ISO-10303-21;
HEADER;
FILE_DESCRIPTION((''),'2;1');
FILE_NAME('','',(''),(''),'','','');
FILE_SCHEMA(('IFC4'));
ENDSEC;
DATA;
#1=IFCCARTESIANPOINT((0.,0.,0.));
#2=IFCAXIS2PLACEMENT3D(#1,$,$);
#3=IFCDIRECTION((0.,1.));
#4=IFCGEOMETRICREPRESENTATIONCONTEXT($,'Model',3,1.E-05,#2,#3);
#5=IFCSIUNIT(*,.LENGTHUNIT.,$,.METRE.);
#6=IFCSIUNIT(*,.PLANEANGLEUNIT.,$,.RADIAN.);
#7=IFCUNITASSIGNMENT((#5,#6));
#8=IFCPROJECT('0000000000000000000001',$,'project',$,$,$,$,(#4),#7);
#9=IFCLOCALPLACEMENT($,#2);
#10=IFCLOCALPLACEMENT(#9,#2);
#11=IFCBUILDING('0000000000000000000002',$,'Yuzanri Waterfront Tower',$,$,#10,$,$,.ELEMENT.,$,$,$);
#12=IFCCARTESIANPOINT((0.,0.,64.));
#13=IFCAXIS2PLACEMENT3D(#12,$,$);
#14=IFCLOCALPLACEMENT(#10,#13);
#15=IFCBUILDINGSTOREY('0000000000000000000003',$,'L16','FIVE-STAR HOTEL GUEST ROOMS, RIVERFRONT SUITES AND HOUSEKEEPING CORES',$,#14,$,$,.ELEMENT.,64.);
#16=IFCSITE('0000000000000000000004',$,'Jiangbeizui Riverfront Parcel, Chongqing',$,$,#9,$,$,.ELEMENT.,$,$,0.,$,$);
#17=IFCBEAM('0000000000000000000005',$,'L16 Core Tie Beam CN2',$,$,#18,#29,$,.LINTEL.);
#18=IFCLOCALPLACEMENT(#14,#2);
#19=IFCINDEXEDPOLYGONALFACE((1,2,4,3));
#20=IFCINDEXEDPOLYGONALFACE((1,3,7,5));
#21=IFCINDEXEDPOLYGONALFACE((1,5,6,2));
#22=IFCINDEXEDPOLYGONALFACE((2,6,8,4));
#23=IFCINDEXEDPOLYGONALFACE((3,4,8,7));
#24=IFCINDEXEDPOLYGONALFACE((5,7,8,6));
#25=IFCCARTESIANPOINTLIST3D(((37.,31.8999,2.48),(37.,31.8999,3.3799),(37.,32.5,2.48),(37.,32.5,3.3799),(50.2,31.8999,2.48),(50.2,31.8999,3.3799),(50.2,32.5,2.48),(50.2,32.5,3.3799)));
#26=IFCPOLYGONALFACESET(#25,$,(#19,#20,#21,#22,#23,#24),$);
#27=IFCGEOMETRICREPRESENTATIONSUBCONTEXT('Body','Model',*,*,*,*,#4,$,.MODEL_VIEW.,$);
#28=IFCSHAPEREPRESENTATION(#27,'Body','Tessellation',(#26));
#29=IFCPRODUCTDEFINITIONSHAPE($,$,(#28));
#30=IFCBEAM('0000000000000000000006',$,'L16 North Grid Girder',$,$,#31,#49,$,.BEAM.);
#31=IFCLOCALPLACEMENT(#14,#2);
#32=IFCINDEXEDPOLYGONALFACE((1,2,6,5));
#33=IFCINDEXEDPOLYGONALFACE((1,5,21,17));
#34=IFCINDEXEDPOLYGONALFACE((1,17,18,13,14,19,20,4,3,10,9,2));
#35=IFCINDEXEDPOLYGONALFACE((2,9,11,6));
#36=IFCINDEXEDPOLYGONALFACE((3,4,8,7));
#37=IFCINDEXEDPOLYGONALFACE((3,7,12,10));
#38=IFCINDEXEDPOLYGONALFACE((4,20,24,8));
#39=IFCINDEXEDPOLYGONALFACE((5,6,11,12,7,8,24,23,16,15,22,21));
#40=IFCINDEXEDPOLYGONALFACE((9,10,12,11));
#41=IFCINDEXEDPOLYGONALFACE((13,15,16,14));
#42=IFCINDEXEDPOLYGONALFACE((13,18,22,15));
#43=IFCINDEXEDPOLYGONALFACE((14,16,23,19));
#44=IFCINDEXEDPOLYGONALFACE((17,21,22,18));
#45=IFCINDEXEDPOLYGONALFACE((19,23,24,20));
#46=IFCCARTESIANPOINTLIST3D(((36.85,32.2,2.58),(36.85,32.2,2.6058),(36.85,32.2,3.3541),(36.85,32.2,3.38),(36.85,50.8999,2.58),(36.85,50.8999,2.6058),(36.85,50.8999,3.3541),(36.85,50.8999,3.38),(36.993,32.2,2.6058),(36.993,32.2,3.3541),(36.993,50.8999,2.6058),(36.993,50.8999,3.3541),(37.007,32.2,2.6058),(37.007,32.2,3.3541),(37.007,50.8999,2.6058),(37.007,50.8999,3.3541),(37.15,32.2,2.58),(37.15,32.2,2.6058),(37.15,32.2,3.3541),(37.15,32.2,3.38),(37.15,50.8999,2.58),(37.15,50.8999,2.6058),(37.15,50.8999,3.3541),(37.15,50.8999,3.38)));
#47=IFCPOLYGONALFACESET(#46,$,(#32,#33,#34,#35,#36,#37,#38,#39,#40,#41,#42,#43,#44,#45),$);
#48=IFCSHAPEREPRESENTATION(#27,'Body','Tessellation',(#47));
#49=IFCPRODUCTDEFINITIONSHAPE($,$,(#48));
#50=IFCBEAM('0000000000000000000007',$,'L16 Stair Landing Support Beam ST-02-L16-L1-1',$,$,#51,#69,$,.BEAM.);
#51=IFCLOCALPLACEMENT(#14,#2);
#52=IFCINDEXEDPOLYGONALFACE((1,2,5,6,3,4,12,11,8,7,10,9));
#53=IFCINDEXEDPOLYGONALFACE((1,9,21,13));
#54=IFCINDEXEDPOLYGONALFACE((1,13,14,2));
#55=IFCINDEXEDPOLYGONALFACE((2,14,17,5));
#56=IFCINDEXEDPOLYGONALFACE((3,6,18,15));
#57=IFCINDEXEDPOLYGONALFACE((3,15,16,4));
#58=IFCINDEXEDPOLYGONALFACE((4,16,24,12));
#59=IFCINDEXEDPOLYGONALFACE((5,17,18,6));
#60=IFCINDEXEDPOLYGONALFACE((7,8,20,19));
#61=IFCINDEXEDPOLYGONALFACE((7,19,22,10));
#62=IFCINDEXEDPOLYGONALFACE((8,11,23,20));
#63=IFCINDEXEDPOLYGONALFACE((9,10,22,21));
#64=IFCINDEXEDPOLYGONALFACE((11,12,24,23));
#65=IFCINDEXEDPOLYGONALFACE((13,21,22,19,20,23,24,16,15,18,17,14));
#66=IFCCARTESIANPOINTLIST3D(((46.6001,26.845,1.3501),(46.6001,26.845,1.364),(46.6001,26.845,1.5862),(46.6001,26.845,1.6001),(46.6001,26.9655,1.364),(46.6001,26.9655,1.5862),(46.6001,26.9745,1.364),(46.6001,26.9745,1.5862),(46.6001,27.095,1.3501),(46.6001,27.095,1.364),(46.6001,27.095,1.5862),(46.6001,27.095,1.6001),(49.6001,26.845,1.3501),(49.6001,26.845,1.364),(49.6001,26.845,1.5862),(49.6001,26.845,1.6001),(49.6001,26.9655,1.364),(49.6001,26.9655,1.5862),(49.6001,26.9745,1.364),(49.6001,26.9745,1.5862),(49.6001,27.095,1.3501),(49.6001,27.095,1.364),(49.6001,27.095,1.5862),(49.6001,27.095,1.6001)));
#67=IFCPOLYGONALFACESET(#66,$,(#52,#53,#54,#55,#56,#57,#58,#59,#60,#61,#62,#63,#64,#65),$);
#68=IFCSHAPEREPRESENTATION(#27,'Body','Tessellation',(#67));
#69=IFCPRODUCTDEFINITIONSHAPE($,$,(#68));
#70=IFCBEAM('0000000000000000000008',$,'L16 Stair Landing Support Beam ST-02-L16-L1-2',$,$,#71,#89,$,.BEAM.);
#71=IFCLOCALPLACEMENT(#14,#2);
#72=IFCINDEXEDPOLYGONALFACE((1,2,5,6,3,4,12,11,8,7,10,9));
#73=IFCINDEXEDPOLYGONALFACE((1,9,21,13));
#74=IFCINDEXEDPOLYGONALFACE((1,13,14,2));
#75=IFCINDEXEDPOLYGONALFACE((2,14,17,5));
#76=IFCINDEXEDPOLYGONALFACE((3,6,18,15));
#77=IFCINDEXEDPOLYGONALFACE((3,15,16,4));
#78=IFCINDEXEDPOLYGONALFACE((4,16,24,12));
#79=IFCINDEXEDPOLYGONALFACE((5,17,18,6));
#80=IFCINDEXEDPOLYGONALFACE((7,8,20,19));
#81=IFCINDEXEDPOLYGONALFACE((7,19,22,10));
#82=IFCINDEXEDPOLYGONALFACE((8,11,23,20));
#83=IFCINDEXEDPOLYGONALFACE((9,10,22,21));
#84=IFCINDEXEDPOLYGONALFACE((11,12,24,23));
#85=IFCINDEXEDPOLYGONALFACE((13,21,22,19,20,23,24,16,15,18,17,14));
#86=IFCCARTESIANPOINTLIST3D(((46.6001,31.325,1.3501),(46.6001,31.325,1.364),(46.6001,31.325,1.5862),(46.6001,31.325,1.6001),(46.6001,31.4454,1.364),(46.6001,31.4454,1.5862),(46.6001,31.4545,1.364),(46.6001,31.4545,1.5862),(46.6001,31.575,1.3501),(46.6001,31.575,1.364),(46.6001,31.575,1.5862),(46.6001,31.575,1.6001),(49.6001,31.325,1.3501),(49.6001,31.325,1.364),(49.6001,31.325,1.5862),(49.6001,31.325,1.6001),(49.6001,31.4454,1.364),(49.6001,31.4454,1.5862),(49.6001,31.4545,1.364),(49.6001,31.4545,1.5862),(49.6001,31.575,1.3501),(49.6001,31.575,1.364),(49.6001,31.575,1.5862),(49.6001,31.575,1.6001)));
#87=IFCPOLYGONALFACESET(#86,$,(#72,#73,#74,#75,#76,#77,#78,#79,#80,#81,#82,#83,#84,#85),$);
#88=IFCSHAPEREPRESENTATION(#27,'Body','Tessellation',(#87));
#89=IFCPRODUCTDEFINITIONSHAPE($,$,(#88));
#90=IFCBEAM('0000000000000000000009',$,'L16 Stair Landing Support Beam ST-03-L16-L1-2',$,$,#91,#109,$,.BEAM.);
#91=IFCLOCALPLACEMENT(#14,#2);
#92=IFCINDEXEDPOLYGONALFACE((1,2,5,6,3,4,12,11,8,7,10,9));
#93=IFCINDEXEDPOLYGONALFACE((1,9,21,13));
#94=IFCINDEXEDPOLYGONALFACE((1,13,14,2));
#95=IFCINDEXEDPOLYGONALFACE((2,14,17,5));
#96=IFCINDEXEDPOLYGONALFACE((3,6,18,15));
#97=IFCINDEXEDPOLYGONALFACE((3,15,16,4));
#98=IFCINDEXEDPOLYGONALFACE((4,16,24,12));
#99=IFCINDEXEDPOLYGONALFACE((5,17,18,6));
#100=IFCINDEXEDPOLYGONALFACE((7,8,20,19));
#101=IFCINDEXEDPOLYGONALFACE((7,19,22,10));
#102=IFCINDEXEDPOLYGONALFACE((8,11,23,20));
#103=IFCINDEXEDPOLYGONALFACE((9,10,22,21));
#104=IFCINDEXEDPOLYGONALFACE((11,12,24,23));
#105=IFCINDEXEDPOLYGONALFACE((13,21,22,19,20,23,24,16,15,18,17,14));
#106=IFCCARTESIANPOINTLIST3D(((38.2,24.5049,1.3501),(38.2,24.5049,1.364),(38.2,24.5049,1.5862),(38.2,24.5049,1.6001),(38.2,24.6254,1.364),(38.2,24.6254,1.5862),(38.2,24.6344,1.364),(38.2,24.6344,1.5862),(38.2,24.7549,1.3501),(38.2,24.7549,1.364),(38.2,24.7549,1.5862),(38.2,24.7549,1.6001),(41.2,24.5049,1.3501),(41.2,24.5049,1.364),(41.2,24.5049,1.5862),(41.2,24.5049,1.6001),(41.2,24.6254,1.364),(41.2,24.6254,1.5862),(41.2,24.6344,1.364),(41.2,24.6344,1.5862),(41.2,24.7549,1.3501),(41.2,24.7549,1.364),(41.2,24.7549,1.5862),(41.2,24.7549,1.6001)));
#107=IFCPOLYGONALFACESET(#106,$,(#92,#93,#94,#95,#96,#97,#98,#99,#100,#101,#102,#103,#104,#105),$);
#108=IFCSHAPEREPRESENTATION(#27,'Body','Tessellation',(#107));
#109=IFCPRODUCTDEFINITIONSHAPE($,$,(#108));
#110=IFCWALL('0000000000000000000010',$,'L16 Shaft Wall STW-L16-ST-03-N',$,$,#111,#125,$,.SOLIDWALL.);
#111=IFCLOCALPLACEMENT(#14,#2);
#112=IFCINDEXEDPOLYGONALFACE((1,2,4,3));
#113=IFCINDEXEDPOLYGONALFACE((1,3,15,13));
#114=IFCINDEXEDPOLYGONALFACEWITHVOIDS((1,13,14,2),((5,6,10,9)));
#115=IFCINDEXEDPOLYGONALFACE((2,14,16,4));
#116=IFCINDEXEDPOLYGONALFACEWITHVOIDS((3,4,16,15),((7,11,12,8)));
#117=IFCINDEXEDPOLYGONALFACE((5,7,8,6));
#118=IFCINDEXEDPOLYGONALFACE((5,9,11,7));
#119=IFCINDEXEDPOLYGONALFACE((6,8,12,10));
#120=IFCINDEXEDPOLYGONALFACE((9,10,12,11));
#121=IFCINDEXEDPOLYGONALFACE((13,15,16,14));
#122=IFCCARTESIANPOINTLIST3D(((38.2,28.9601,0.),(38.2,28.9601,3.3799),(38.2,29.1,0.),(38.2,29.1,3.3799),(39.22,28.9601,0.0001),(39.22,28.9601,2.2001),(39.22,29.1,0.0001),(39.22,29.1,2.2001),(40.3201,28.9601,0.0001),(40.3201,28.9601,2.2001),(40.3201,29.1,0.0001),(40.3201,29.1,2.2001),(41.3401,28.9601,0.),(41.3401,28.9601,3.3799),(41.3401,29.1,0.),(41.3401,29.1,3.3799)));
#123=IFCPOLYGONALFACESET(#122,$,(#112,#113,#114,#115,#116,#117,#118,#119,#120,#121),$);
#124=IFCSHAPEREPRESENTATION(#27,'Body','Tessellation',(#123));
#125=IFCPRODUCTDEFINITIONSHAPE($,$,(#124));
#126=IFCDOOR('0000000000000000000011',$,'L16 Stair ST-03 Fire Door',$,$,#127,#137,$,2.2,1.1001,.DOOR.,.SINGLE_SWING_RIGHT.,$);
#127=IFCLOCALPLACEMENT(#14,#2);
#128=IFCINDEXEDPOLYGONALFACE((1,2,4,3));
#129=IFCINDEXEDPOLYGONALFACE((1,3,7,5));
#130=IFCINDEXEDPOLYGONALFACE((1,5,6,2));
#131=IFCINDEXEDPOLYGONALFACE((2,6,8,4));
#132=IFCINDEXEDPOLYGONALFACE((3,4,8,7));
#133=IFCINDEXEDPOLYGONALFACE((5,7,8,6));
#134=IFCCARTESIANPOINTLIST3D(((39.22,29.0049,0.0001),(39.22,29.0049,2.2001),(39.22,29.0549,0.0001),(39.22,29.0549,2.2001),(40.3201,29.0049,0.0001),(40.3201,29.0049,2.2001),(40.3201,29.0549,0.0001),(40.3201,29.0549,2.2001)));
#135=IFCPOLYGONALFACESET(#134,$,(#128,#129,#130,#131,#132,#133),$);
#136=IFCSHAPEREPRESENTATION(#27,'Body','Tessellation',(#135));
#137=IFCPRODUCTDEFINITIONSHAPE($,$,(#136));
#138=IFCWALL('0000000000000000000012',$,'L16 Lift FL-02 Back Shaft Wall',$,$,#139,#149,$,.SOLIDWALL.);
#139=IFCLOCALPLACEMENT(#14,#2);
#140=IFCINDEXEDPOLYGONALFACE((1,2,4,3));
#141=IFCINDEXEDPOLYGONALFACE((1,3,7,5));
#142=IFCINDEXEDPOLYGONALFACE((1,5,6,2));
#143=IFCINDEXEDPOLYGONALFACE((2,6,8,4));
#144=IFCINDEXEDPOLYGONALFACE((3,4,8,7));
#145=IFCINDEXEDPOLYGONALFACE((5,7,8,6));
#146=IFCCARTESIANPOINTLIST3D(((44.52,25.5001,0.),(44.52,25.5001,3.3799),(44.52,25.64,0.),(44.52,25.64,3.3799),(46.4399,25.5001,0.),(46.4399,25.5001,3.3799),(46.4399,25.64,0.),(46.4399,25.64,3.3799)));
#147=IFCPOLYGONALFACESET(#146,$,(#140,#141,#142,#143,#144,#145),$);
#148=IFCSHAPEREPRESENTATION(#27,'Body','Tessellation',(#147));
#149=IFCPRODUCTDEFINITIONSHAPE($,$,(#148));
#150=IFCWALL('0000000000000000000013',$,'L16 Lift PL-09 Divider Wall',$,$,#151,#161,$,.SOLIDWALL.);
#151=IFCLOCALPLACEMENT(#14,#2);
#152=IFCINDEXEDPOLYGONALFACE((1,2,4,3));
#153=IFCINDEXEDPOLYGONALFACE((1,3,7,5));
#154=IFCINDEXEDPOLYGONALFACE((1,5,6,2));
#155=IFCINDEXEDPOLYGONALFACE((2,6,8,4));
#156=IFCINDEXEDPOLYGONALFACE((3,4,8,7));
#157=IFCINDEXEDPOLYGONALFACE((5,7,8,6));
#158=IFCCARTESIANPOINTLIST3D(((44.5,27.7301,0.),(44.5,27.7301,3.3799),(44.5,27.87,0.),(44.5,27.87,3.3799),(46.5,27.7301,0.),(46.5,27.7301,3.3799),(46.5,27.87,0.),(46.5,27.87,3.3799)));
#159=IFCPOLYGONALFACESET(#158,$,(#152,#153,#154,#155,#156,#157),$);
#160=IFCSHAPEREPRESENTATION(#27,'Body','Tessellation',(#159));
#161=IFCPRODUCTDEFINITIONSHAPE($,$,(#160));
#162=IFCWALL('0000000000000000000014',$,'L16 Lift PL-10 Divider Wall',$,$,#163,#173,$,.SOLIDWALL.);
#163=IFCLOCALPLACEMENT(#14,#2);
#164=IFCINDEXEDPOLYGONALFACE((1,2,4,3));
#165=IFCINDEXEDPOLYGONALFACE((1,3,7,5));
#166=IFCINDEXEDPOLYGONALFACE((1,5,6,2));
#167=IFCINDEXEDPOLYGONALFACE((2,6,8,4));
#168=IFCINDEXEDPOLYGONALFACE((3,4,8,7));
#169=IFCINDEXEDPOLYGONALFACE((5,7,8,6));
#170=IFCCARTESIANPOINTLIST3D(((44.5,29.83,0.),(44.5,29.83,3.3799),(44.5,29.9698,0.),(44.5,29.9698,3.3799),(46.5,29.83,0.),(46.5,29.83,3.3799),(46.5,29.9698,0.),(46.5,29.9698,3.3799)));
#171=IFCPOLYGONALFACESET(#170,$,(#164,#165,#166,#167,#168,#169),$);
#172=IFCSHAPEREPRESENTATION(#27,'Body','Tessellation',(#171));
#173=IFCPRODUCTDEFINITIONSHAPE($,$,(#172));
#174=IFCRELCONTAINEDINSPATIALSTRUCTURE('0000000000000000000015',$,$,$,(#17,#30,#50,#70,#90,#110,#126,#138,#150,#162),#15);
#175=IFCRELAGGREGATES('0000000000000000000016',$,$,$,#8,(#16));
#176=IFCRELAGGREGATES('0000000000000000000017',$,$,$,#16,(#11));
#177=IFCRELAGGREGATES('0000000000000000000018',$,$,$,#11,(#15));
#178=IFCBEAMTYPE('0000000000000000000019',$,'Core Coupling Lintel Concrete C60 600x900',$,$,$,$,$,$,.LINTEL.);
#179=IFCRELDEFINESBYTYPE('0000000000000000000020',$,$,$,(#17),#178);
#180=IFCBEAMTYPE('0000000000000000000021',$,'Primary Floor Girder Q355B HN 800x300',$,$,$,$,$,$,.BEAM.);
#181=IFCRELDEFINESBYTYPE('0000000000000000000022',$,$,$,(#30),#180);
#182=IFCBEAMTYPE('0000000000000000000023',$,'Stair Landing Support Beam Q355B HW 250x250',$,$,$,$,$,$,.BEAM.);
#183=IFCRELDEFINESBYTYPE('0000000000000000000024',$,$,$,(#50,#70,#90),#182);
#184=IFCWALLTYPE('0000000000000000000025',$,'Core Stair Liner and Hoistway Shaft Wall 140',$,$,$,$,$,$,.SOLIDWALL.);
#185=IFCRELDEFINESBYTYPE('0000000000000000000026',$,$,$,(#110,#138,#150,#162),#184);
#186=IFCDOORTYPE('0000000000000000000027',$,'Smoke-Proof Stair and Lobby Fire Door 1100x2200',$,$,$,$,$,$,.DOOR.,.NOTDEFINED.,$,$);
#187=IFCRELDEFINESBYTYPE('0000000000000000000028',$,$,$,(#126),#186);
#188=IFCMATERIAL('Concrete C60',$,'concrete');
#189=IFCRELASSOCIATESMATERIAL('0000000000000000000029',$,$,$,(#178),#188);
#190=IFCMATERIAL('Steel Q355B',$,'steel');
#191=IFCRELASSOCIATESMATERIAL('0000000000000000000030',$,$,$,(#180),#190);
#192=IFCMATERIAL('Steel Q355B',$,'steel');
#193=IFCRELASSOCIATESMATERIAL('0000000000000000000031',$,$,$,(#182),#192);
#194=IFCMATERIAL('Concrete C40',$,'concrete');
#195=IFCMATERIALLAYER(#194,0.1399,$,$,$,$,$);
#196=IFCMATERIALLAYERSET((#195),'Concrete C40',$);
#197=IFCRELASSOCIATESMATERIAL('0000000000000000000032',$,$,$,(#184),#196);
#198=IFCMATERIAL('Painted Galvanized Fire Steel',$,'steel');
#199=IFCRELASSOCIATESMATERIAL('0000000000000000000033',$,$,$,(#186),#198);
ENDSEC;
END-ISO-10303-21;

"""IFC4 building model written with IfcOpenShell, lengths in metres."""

from ifc_helpers import new_model, si_unit, direction, frame, frame_2d, origin, origin_2d, place, context, subcontext, project, spatial, rectangle, i_section, extrude, source, transform, mapped, material, layer, layer_set, material_profile, profile_set, type_object, element, fill, save


model = new_model("IFC4")

# Units and contexts
model_context = context("Model", 3, precision=1e-05, world=origin(), true_north=direction((0.0, 1.0)))
body_context = subcontext(model_context, "Body", "Model", "MODEL_VIEW")
ifc_project = project(units=[si_unit("LENGTHUNIT", "METRE"), si_unit("PLANEANGLEUNIT", "RADIAN")], contexts=[model_context])

# Site, building, storey
site_placement = place(None, origin())
site = spatial("IfcSite", under=ifc_project, at=site_placement, Name="Jiangbeizui Riverfront Parcel, Chongqing", CompositionType="ELEMENT", RefElevation=0.0)
building_placement = place(site_placement, origin())
building = spatial("IfcBuilding", under=site, at=building_placement, Name="Yuzanri Waterfront Tower", CompositionType="ELEMENT")
storey_placement = place(building_placement, frame((0.0, 0.0, 64.0)))
storey = spatial("IfcBuildingStorey", under=building, at=storey_placement, Name="L16", Description="FIVE-STAR HOTEL GUEST ROOMS, RIVERFRONT SUITES AND HOUSEKEEPING CORES", CompositionType="ELEMENT", Elevation=64.0)

# Beams
ifc_material_1 = material(Name="Concrete C60", Category="concrete")
ifc_material_profile_1 = material_profile(ifc_material_1, rectangle(XDim=0.6001, YDim=0.8999, at=origin_2d()), Name="RC 600x900")
ifc_profile_set_1 = profile_set([ifc_material_profile_1], Name="Concrete C60")
beam_type_1 = type_object("IfcBeamType", Name="Core Coupling Lintel Concrete C60 600x900", PredefinedType="LINTEL", material=ifc_profile_set_1)
shared_shape_1 = source(origin(), body_context, "Body", "SweptSolid", [
    extrude(rectangle(XDim=0.6001, YDim=0.8999, at=origin_2d()), origin(), (0.0, 0.0, 1.0), 13.2),
])
beam_1_placement = place(storey_placement, frame((37.0, 32.2, 2.9299), z_axis=(1.0, 0.0, 0.0), x_axis=(0.0, 1.0, 0.0)))
element("IfcBeam", 1, at=beam_1_placement, inside=storey, type_object=beam_type_1, Name="L16 Core Tie Beam CN2", PredefinedType="LINTEL", context=body_context, shape_type="MappedRepresentation", body=[
    mapped(shared_shape_1, transform((0.0, 0.0, 0.0), scale=1.0)),
])
ifc_material_2 = material(Name="Steel Q355B", Category="steel")
ifc_material_profile_2 = material_profile(ifc_material_2, i_section(OverallWidth=0.3, OverallDepth=0.8, WebThickness=0.0139, FlangeThickness=0.0259, at=origin_2d()), Name="HN 800x300x14x26")
ifc_profile_set_2 = profile_set([ifc_material_profile_2], Name="Steel Q355B")
beam_type_2 = type_object("IfcBeamType", Name="Primary Floor Girder Q355B HN 800x300", PredefinedType="BEAM", material=ifc_profile_set_2)
shared_shape_2 = source(origin(), body_context, "Body", "SweptSolid", [
    extrude(i_section(OverallWidth=0.3, OverallDepth=0.8, WebThickness=0.0139, FlangeThickness=0.0259, at=origin_2d()), origin(), (0.0, 0.0, 1.0), 18.7),
])
beam_2_placement = place(storey_placement, frame((37.0, 32.2, 2.98), z_axis=(0.0, 1.0, 0.0), x_axis=(-1.0, 0.0, 0.0)))
element("IfcBeam", 2, at=beam_2_placement, inside=storey, type_object=beam_type_2, Name="L16 North Grid Girder", PredefinedType="BEAM", context=body_context, shape_type="MappedRepresentation", body=[
    mapped(shared_shape_2, transform((0.0, 0.0, 0.0), scale=1.0)),
])
ifc_material_3 = material(Name="Steel Q355B", Category="steel")
ifc_material_profile_3 = material_profile(ifc_material_3, i_section(OverallWidth=0.25, OverallDepth=0.25, WebThickness=0.009, FlangeThickness=0.0139, at=origin_2d()), Name="HW 250x250x9x14")
ifc_profile_set_3 = profile_set([ifc_material_profile_3], Name="Steel Q355B")
beam_type_3 = type_object("IfcBeamType", Name="Stair Landing Support Beam Q355B HW 250x250", PredefinedType="BEAM", material=ifc_profile_set_3)
shared_shape_3 = source(origin(), body_context, "Body", "SweptSolid", [
    extrude(i_section(OverallWidth=0.25, OverallDepth=0.25, WebThickness=0.009, FlangeThickness=0.0139, at=origin_2d()), origin(), (0.0, 0.0, 1.0), 3.0),
])
for number, where, z_axis, x_axis, name in (
    (3, (46.6001, 26.97, 1.4751), (1.0, 0.0, 0.0), (0.0, 1.0, 0.0), "L16 Stair Landing Support Beam ST-02-L16-L1-1"),
    (4, (46.6001, 31.45, 1.4751), (1.0, 0.0, 0.0), (0.0, 1.0, 0.0), "L16 Stair Landing Support Beam ST-02-L16-L1-2"),
    (5, (38.2, 24.6299, 1.4751), (1.0, 0.0, 0.0), (0.0, 1.0, 0.0), "L16 Stair Landing Support Beam ST-03-L16-L1-2"),
):
    element("IfcBeam", number, at=place(storey_placement, frame(where, z_axis=z_axis, x_axis=x_axis)), inside=storey, type_object=beam_type_3, Name=name, PredefinedType="BEAM", context=body_context, shape_type="MappedRepresentation", body=[
        mapped(shared_shape_3, transform((0.0, 0.0, 0.0), scale=1.0)),
    ])

# Wall, opening, door
ifc_material_4 = material(Name="Concrete C40", Category="concrete")
ifc_layer_1 = layer(ifc_material_4, 0.1399)
ifc_layer_set_1 = layer_set([ifc_layer_1], Name="Concrete C40")
wall_type = type_object("IfcWallType", Name="Core Stair Liner and Hoistway Shaft Wall 140", PredefinedType="SOLIDWALL", material=ifc_layer_set_1)
wall_1_placement = place(storey_placement, frame((38.2, 29.03, 0.0), z_axis=(0.0, 0.0, 1.0), x_axis=(1.0, 0.0, 0.0)))
wall_1 = element("IfcWall", 6, at=wall_1_placement, inside=storey, type_object=wall_type, Name="L16 Shaft Wall STW-L16-ST-03-N", PredefinedType="SOLIDWALL", context=body_context, shape_type="SweptSolid", body=[
    extrude(rectangle(XDim=3.1401, YDim=0.1399, at=frame_2d((1.5701, 0.0))), origin(), (0.0, 0.0, 1.0), 3.3799),
])
opening_placement = place(wall_1_placement, frame((1.02, 0.0, 0.0)))
opening = element("IfcOpeningElement", 7, at=opening_placement, cuts=wall_1, PredefinedType="OPENING", context=body_context, shape_type="SweptSolid", body=[
    extrude(rectangle(XDim=1.1001, YDim=2.2, at=frame_2d((0.55, 1.1001))), frame((0.0, 0.085, 0.0), z_axis=(0.0, -1.0, 0.0), x_axis=(1.0, 0.0, 0.0)), (0.0, 0.0, 1.0), 0.1697),
])
ifc_material_5 = material(Name="Painted Galvanized Fire Steel", Category="steel")
door_type = type_object("IfcDoorType", Name="Smoke-Proof Stair and Lobby Fire Door 1100x2200", OperationType="NOTDEFINED", PredefinedType="DOOR", material=ifc_material_5)
shared_shape_4 = source(origin(), body_context, "Body", "SweptSolid", [
    extrude(rectangle(XDim=1.1001, YDim=2.2, at=frame_2d((0.55, 1.1001))), frame((0.0, 0.0249, 0.0), z_axis=(0.0, -1.0, 0.0), x_axis=(1.0, 0.0, 0.0)), (0.0, 0.0, 1.0), 0.05),
])
door_placement = place(opening_placement, origin())
door = element("IfcDoor", 8, at=door_placement, inside=storey, type_object=door_type, Name="L16 Stair ST-03 Fire Door", OperationType="SINGLE_SWING_RIGHT", OverallHeight=2.2, OverallWidth=1.1001, PredefinedType="DOOR", context=body_context, shape_type="MappedRepresentation", body=[
    mapped(shared_shape_4, transform((0.0, 0.0, 0.0), scale=1.0)),
])
fill(opening, door)

# Walls
shared_shape_5 = source(origin(), body_context, "Body", "SweptSolid", [
    extrude(rectangle(XDim=1.9199, YDim=0.1399, at=frame_2d((0.96, 0.0))), origin(), (0.0, 0.0, 1.0), 3.3799),
])
wall_2_placement = place(storey_placement, frame((44.52, 25.5701, 0.0), z_axis=(0.0, 0.0, 1.0), x_axis=(1.0, 0.0, 0.0)))
element("IfcWall", 9, at=wall_2_placement, inside=storey, type_object=wall_type, Name="L16 Lift FL-02 Back Shaft Wall", PredefinedType="SOLIDWALL", context=body_context, shape_type="MappedRepresentation", body=[
    mapped(shared_shape_5, transform((0.0, 0.0, 0.0), scale=1.0)),
])
shared_shape_6 = source(origin(), body_context, "Body", "SweptSolid", [
    extrude(rectangle(XDim=2.0, YDim=0.1399, at=frame_2d((1.0, 0.0))), origin(), (0.0, 0.0, 1.0), 3.3799),
])
for number, where, z_axis, x_axis, name in (
    (10, (44.5, 27.8, 0.0), (0.0, 0.0, 1.0), (1.0, 0.0, 0.0), "L16 Lift PL-09 Divider Wall"),
    (11, (44.5, 29.8999, 0.0), (0.0, 0.0, 1.0), (1.0, 0.0, 0.0), "L16 Lift PL-10 Divider Wall"),
):
    element("IfcWall", number, at=place(storey_placement, frame(where, z_axis=z_axis, x_axis=x_axis)), inside=storey, type_object=wall_type, Name=name, PredefinedType="SOLIDWALL", context=body_context, shape_type="MappedRepresentation", body=[
        mapped(shared_shape_6, transform((0.0, 0.0, 0.0), scale=1.0)),
    ])

save(model, "model.ifc")
